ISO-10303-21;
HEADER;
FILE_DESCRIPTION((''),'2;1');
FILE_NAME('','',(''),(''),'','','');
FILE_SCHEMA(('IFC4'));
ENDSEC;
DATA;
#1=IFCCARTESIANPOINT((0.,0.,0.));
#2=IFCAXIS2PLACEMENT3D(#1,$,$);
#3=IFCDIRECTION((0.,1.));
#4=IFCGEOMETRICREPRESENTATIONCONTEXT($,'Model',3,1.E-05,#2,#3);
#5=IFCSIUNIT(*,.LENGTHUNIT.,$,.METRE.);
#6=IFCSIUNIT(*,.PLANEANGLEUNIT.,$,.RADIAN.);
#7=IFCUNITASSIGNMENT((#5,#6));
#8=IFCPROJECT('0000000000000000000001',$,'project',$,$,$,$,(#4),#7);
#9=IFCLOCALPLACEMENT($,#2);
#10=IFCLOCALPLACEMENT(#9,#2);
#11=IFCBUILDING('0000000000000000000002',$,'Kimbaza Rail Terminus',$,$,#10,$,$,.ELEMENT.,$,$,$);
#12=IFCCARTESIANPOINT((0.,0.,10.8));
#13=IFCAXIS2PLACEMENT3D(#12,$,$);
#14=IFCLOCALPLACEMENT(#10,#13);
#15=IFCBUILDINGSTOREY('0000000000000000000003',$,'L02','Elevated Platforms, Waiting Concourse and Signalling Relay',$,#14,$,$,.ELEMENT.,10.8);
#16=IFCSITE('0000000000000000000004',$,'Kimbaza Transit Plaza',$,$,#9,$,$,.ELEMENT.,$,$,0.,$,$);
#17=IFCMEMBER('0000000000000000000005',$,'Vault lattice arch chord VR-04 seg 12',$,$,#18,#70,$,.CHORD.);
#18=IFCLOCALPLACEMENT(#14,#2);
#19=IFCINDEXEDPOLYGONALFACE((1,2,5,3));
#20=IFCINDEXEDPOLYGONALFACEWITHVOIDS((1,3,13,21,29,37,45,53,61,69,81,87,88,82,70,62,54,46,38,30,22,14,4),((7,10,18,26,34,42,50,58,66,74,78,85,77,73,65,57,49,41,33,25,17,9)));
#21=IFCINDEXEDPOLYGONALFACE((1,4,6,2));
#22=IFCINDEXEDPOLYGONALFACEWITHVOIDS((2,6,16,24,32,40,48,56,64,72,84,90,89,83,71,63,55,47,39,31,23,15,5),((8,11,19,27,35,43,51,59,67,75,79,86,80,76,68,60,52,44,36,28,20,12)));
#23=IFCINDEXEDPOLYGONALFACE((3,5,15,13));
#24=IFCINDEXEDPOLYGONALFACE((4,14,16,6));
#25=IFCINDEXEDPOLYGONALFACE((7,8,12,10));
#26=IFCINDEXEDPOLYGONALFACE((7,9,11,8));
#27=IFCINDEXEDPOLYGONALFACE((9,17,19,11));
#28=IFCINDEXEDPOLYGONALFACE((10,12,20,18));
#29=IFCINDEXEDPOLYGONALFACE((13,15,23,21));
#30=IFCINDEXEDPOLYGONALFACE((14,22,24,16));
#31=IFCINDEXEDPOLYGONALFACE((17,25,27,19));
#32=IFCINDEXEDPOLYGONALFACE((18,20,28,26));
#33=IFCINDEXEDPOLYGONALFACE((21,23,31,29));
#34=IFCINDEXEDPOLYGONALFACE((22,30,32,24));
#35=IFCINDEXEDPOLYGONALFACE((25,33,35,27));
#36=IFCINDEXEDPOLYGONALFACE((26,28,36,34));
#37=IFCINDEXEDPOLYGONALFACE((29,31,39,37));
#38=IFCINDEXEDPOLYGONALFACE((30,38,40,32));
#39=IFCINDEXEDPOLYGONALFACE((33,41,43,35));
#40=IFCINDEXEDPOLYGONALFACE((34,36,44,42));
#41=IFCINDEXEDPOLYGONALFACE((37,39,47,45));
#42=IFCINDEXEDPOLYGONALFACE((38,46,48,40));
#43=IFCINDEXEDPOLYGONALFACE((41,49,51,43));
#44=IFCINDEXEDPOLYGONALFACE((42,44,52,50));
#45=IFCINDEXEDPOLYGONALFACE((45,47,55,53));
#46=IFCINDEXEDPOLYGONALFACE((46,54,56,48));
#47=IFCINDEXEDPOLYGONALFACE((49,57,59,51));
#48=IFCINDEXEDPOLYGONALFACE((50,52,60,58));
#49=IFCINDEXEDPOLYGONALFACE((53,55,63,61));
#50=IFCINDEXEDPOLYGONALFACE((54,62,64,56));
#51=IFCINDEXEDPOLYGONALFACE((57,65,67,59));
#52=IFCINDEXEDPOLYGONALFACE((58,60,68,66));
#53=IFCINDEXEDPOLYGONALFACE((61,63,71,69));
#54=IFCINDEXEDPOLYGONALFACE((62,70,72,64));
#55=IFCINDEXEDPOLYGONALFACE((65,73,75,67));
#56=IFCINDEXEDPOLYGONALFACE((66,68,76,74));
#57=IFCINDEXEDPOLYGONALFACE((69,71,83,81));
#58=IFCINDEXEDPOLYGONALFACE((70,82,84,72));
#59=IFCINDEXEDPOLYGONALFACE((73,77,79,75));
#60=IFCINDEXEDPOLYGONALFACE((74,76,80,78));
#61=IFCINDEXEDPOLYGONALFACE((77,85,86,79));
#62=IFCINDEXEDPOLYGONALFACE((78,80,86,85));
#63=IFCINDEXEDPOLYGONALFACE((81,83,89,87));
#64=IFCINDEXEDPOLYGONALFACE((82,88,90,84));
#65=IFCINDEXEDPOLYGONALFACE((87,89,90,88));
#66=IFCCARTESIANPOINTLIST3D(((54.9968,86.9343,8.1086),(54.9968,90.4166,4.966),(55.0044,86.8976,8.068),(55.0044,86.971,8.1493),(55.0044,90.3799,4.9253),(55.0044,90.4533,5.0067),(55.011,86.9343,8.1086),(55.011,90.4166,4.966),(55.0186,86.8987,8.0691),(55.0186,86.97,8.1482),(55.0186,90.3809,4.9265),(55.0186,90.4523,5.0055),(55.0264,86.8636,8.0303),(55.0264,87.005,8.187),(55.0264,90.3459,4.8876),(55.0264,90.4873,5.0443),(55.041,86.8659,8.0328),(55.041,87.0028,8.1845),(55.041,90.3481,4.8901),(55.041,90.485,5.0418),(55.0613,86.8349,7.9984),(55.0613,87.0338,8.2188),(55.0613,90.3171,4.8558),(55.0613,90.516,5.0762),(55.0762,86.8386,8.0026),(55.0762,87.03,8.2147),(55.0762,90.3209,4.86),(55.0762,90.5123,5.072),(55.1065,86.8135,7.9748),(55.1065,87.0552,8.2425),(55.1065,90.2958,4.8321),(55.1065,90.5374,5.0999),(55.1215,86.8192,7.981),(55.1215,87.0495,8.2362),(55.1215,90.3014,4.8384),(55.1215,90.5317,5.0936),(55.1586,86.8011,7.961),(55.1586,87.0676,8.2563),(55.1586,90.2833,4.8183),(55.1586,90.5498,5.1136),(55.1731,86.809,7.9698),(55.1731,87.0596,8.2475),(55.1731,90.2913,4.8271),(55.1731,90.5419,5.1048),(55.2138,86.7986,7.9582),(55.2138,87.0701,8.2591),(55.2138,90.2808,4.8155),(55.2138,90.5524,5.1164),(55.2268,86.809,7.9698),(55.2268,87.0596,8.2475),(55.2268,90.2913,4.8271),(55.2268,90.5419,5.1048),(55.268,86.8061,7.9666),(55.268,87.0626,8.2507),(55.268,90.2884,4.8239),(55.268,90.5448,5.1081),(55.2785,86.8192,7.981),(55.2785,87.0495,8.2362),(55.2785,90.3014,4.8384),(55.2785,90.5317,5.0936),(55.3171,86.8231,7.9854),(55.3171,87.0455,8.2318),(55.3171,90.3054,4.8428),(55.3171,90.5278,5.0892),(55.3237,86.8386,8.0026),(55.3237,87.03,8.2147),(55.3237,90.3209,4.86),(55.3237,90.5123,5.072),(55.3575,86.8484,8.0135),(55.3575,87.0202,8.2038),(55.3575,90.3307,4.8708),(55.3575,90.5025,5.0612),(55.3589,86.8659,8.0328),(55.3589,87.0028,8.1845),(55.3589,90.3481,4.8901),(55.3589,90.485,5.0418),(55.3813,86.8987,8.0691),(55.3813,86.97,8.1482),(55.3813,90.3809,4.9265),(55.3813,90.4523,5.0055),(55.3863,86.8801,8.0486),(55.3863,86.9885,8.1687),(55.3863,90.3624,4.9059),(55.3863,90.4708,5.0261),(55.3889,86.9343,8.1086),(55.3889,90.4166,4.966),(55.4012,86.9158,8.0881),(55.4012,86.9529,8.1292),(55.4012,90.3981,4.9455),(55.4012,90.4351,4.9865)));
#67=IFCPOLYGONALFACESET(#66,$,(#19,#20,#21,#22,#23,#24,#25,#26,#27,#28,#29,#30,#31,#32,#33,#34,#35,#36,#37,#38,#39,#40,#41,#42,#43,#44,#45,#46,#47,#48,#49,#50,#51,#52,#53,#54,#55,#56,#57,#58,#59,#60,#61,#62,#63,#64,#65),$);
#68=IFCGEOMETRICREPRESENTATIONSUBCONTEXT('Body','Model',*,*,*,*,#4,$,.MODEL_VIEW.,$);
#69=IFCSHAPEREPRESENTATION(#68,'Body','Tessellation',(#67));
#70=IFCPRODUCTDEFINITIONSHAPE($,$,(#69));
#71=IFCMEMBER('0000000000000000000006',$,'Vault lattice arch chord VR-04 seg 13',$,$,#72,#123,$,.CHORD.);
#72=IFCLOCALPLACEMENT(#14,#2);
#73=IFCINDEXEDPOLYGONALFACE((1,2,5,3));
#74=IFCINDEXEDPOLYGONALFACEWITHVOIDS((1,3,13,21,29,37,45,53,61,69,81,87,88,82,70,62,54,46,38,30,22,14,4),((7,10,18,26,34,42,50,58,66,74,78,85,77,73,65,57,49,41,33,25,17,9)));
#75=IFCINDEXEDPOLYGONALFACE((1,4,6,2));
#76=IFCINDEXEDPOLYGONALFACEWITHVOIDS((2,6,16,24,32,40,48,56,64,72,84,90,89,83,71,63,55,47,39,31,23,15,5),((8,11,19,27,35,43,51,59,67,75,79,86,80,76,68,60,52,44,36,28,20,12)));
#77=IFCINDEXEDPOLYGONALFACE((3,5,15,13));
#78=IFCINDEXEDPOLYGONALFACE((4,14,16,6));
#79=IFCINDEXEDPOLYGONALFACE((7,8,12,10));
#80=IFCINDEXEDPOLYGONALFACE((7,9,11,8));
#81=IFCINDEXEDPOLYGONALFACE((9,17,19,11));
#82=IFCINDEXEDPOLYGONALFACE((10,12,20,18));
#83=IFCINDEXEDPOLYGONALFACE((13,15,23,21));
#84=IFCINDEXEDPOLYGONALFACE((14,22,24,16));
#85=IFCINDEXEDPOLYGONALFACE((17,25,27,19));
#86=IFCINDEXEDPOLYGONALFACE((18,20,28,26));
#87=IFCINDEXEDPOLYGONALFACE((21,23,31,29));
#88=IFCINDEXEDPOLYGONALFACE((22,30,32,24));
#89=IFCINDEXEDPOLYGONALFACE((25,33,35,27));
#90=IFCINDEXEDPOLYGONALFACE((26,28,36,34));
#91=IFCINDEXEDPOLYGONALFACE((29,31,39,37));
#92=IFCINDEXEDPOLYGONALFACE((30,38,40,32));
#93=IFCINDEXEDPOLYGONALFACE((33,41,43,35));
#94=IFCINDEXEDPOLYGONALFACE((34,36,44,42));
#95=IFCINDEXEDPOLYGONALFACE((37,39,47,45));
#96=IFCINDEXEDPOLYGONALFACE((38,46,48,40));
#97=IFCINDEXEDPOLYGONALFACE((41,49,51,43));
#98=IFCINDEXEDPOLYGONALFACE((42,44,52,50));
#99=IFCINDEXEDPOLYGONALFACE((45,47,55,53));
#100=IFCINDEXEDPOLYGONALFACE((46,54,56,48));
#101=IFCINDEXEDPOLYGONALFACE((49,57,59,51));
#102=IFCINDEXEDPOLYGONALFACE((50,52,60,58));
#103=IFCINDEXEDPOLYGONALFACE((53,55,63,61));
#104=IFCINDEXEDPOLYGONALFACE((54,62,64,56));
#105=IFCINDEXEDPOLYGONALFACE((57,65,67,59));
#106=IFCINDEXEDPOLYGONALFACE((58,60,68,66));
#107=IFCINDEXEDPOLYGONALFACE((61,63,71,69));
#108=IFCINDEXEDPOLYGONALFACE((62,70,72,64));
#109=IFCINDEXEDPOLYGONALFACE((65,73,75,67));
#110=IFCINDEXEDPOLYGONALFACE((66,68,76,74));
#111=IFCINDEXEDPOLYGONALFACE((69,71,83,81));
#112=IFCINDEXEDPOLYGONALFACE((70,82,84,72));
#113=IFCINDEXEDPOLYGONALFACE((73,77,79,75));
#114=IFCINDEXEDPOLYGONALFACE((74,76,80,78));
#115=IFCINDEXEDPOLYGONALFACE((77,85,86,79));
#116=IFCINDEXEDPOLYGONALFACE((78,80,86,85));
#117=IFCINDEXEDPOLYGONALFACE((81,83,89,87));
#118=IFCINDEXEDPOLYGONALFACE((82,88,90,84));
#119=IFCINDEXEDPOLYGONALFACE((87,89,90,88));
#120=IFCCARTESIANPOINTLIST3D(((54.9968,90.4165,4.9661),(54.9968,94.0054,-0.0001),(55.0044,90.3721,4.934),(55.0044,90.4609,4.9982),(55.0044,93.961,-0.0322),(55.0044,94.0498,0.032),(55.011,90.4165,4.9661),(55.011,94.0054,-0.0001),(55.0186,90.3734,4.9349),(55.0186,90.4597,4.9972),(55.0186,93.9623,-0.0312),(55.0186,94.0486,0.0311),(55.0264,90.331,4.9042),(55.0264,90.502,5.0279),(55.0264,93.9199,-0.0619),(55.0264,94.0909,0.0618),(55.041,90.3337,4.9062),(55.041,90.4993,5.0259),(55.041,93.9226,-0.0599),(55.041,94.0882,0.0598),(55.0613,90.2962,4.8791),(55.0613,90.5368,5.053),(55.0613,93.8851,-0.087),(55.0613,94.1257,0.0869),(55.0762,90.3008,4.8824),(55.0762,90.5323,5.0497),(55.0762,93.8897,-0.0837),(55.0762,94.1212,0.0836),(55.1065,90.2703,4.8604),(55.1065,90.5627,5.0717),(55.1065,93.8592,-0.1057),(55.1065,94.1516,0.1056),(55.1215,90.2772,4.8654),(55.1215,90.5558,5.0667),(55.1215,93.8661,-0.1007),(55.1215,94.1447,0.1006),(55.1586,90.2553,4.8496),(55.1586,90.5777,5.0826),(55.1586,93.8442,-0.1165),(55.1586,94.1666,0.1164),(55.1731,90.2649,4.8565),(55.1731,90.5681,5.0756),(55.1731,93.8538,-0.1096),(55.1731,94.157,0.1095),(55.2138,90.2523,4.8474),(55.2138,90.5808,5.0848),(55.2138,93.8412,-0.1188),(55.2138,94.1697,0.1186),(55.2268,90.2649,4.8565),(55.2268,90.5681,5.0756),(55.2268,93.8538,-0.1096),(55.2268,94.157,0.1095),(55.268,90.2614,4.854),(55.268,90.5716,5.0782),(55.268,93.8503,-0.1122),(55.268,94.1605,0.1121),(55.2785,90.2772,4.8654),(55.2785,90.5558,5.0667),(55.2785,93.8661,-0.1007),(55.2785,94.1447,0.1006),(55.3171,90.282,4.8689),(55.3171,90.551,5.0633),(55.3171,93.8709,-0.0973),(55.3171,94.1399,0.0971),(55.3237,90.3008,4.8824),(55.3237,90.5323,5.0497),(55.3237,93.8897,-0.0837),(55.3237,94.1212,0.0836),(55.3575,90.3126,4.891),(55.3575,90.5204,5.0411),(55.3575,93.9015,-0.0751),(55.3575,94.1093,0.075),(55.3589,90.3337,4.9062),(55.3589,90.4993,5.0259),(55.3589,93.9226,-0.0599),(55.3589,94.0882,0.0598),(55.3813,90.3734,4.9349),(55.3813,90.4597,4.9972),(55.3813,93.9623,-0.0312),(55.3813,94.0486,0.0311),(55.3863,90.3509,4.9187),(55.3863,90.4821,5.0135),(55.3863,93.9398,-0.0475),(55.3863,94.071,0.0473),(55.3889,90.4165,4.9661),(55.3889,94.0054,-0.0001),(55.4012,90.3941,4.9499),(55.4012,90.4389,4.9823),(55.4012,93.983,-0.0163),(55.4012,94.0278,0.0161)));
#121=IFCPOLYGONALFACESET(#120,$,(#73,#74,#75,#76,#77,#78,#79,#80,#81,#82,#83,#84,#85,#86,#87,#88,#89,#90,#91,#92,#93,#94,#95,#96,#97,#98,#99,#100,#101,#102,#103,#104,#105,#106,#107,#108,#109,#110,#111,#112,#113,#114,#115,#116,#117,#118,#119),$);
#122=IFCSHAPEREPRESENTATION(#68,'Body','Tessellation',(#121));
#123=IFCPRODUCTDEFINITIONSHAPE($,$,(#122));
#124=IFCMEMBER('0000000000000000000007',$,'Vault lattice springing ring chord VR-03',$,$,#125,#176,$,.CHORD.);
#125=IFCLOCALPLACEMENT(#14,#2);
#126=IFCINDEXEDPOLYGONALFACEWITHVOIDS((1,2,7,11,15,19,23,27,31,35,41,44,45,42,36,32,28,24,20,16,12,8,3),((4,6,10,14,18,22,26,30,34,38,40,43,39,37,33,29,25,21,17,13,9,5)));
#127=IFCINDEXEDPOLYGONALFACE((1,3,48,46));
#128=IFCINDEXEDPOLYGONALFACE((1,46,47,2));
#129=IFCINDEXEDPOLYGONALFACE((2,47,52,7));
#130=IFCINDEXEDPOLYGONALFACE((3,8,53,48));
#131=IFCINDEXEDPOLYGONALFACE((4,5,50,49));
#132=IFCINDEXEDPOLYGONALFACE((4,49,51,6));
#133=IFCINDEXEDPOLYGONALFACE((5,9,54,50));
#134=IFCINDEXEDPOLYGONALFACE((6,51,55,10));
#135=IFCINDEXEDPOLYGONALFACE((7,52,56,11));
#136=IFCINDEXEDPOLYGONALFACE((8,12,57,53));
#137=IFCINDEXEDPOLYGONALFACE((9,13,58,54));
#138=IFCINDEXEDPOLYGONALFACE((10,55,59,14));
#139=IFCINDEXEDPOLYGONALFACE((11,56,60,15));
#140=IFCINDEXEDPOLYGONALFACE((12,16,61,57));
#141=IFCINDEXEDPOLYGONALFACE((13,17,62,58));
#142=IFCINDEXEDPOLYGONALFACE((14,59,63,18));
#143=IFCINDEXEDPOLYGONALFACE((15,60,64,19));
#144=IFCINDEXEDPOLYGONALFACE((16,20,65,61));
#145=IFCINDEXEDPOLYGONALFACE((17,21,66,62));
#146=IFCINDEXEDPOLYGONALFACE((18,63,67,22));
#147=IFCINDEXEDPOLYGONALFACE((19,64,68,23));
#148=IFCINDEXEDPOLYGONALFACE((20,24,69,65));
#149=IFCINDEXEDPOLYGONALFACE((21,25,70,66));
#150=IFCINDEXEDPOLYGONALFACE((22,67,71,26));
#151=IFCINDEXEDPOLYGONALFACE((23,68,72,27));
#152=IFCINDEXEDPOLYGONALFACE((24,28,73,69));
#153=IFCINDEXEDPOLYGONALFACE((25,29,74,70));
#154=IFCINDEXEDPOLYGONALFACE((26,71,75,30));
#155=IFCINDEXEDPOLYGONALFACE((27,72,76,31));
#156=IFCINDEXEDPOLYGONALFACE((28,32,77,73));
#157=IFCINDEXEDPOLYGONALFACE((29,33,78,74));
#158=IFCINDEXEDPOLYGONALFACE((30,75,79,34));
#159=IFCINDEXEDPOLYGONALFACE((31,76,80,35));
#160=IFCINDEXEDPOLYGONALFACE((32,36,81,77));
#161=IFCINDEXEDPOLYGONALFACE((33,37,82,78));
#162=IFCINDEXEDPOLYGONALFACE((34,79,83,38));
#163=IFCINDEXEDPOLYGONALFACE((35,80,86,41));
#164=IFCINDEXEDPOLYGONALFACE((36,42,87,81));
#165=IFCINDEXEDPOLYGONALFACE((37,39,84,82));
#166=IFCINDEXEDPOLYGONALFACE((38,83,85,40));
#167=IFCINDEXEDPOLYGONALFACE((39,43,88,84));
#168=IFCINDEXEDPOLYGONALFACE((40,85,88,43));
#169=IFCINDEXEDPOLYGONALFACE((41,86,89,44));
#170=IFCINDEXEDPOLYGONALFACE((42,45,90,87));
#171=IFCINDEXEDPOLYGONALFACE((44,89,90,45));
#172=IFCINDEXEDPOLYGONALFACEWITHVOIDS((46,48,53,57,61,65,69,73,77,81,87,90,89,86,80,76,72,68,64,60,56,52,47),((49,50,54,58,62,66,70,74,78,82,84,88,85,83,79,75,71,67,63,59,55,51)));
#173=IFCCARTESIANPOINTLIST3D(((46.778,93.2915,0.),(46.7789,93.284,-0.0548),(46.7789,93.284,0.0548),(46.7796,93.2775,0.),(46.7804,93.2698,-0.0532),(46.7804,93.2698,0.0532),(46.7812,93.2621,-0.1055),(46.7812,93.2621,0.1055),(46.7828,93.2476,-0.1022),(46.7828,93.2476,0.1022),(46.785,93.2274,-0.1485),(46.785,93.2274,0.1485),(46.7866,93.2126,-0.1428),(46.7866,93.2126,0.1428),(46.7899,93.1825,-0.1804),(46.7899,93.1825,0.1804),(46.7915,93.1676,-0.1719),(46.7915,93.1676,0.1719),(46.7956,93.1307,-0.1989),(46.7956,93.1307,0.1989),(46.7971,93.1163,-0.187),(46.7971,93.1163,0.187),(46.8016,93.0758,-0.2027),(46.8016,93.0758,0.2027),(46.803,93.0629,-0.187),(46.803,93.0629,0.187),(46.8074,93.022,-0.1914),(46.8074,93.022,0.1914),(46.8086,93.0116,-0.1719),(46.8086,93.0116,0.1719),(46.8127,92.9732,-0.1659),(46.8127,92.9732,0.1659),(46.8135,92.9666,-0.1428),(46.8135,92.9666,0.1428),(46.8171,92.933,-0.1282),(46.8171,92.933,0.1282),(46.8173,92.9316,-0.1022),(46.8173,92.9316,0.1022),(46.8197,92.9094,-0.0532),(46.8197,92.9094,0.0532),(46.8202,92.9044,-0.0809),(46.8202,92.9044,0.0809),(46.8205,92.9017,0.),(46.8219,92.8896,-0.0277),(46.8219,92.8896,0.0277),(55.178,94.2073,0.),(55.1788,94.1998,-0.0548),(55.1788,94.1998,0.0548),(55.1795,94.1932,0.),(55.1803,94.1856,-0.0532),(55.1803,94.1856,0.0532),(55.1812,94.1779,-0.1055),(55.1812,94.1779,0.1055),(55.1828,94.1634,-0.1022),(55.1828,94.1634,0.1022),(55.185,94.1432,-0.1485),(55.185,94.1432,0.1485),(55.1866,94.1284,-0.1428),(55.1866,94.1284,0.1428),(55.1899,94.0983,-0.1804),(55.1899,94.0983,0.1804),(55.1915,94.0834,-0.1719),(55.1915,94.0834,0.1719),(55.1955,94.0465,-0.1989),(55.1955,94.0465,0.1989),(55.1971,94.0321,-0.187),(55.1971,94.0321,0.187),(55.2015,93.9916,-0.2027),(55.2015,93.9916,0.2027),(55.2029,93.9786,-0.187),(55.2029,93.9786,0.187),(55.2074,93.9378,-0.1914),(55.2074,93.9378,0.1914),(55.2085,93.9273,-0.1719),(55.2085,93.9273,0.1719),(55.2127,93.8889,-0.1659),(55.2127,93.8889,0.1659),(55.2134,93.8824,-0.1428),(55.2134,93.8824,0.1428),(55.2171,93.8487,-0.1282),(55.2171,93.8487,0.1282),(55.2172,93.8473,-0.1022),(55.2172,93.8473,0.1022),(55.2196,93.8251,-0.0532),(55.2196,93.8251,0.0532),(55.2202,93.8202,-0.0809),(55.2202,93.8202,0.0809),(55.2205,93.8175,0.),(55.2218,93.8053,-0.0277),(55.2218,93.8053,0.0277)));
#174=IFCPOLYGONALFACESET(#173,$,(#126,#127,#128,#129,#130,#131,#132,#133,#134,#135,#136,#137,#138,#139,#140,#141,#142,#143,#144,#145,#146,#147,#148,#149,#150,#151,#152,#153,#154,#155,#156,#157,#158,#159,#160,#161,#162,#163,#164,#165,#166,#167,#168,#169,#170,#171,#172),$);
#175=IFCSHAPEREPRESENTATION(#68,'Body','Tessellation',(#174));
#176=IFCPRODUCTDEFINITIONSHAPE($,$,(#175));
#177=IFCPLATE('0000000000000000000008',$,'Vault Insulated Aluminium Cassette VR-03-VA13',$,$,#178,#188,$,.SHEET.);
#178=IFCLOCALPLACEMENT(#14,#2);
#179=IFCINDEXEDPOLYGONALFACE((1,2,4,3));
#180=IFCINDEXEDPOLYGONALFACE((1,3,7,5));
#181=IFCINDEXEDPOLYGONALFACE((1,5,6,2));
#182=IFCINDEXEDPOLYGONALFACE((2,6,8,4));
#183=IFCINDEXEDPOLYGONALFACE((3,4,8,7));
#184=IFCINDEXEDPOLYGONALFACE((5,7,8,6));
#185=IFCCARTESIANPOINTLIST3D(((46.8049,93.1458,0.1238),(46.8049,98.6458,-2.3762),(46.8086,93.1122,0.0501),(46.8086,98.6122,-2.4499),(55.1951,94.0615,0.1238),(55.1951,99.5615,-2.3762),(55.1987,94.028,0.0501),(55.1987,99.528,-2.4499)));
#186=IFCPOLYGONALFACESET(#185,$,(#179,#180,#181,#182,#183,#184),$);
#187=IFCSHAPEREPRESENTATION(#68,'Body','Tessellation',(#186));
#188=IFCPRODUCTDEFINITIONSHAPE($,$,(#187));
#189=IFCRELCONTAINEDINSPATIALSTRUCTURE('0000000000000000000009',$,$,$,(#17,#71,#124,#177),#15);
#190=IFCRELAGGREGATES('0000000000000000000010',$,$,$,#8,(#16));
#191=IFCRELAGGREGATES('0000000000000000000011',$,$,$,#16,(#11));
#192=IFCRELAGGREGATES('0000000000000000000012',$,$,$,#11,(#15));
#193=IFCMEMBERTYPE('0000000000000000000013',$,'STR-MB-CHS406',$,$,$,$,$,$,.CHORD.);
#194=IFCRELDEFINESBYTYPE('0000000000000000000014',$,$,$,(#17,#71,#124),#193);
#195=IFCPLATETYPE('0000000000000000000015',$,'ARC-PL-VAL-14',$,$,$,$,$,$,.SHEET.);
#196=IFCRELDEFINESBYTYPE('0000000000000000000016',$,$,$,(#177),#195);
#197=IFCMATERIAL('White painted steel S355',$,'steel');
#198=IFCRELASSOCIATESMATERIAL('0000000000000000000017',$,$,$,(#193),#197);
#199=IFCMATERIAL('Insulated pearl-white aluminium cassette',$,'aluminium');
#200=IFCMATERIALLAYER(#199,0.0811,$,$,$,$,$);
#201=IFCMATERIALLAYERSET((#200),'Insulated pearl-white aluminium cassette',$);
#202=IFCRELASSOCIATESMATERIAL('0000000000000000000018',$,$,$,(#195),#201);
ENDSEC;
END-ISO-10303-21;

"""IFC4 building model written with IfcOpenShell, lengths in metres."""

from ifc_helpers import new_model, si_unit, direction, frame, origin, origin_2d, place, context, subcontext, project, spatial, polyline, hollow_circle, outline, extrude, material, layer, layer_set, material_profile, profile_set, type_object, element, save


model = new_model("IFC4")

# Units and contexts
model_context = context("Model", 3, precision=1e-05, world=origin(), true_north=direction((0.0, 1.0)))
body_context = subcontext(model_context, "Body", "Model", "MODEL_VIEW")
ifc_project = project(units=[si_unit("LENGTHUNIT", "METRE"), si_unit("PLANEANGLEUNIT", "RADIAN")], contexts=[model_context])

# Site, building, storey
site_placement = place(None, origin())
site = spatial("IfcSite", under=ifc_project, at=site_placement, Name="Kimbaza Transit Plaza", CompositionType="ELEMENT", RefElevation=0.0)
building_placement = place(site_placement, origin())
building = spatial("IfcBuilding", under=site, at=building_placement, Name="Kimbaza Rail Terminus", CompositionType="ELEMENT")
storey_placement = place(building_placement, frame((0.0, 0.0, 10.8)))
storey = spatial("IfcBuildingStorey", under=building, at=storey_placement, Name="L02", Description="Elevated Platforms, Waiting Concourse and Signalling Relay", CompositionType="ELEMENT", Elevation=10.8)

# Members
ifc_material_1 = material(Name="White painted steel S355", Category="steel")
ifc_material_profile_1 = material_profile(ifc_material_1, hollow_circle(Radius=0.2031, WallThickness=0.0142, at=origin_2d()), Name="CHS 406.4x14.2")
ifc_profile_set_1 = profile_set([ifc_material_profile_1], Name="White painted steel S355")
member_type_1 = type_object("IfcMemberType", Name="STR-MB-CHS406", PredefinedType="CHORD", material=ifc_profile_set_1)
member_1_placement = place(storey_placement, frame((55.2, 86.9343, 8.1086), z_axis=(0.0, 0.74238, -0.669979), x_axis=(-1.0, 0.0, 0.0)))
element("IfcMember", 1, at=member_1_placement, inside=storey, type_object=member_type_1, Name="Vault lattice arch chord VR-04 seg 12", PredefinedType="CHORD", context=body_context, shape_type="SweptSolid", body=[
    extrude(hollow_circle(Radius=0.2031, WallThickness=0.0142, at=origin_2d()), origin(), (0.0, 0.0, 1.0), 4.6907),
])
member_2_placement = place(storey_placement, frame((55.2, 90.4165, 4.9661), z_axis=(0.0, 0.585733, -0.810504), x_axis=(-1.0, 0.0, 0.0)))
element("IfcMember", 2, at=member_2_placement, inside=storey, type_object=member_type_1, Name="Vault lattice arch chord VR-04 seg 13", PredefinedType="CHORD", context=body_context, shape_type="SweptSolid", body=[
    extrude(hollow_circle(Radius=0.2031, WallThickness=0.0142, at=origin_2d()), origin(), (0.0, 0.0, 1.0), 6.1272),
])
member_3_placement = place(storey_placement, frame((46.8, 93.0896, 0.0), z_axis=(0.99411, 0.10838, 0.0), x_axis=(-0.10838, 0.99411, 0.0)))
element("IfcMember", 3, at=member_3_placement, inside=storey, type_object=member_type_1, Name="Vault lattice springing ring chord VR-03", PredefinedType="CHORD", context=body_context, shape_type="SweptSolid", body=[
    extrude(hollow_circle(Radius=0.2031, WallThickness=0.0142, at=origin_2d()), origin(), (0.0, 0.0, 1.0), 8.4497),
])

# Plate
ifc_material_2 = material(Name="Insulated pearl-white aluminium cassette", Category="aluminium")
ifc_layer_1 = layer(ifc_material_2, 0.0811)
ifc_layer_set_1 = layer_set([ifc_layer_1], Name="Insulated pearl-white aluminium cassette")
plate_type_1 = type_object("IfcPlateType", Name="ARC-PL-VAL-14", PredefinedType="SHEET", material=ifc_layer_set_1)
plate_1_placement = place(storey_placement, frame((46.8049, 93.1458, 0.1238), z_axis=(-0.04512, 0.413382, 0.909439), x_axis=(0.994096, 0.108504, 0.0)))
element("IfcPlate", 4, at=plate_1_placement, inside=storey, type_object=plate_type_1, Name="Vault Insulated Aluminium Cassette VR-03-VA13", PredefinedType="SHEET", context=body_context, shape_type="SweptSolid", body=[
    extrude(outline(polyline([(0.0, 0.0), (8.44, 0.0), (9.0367, 6.012), (0.5968, 6.012), (0.0, 0.0)])), origin(), (0.0, 0.0, -1.0), 0.0811),
])

save(model, "model.ifc")
